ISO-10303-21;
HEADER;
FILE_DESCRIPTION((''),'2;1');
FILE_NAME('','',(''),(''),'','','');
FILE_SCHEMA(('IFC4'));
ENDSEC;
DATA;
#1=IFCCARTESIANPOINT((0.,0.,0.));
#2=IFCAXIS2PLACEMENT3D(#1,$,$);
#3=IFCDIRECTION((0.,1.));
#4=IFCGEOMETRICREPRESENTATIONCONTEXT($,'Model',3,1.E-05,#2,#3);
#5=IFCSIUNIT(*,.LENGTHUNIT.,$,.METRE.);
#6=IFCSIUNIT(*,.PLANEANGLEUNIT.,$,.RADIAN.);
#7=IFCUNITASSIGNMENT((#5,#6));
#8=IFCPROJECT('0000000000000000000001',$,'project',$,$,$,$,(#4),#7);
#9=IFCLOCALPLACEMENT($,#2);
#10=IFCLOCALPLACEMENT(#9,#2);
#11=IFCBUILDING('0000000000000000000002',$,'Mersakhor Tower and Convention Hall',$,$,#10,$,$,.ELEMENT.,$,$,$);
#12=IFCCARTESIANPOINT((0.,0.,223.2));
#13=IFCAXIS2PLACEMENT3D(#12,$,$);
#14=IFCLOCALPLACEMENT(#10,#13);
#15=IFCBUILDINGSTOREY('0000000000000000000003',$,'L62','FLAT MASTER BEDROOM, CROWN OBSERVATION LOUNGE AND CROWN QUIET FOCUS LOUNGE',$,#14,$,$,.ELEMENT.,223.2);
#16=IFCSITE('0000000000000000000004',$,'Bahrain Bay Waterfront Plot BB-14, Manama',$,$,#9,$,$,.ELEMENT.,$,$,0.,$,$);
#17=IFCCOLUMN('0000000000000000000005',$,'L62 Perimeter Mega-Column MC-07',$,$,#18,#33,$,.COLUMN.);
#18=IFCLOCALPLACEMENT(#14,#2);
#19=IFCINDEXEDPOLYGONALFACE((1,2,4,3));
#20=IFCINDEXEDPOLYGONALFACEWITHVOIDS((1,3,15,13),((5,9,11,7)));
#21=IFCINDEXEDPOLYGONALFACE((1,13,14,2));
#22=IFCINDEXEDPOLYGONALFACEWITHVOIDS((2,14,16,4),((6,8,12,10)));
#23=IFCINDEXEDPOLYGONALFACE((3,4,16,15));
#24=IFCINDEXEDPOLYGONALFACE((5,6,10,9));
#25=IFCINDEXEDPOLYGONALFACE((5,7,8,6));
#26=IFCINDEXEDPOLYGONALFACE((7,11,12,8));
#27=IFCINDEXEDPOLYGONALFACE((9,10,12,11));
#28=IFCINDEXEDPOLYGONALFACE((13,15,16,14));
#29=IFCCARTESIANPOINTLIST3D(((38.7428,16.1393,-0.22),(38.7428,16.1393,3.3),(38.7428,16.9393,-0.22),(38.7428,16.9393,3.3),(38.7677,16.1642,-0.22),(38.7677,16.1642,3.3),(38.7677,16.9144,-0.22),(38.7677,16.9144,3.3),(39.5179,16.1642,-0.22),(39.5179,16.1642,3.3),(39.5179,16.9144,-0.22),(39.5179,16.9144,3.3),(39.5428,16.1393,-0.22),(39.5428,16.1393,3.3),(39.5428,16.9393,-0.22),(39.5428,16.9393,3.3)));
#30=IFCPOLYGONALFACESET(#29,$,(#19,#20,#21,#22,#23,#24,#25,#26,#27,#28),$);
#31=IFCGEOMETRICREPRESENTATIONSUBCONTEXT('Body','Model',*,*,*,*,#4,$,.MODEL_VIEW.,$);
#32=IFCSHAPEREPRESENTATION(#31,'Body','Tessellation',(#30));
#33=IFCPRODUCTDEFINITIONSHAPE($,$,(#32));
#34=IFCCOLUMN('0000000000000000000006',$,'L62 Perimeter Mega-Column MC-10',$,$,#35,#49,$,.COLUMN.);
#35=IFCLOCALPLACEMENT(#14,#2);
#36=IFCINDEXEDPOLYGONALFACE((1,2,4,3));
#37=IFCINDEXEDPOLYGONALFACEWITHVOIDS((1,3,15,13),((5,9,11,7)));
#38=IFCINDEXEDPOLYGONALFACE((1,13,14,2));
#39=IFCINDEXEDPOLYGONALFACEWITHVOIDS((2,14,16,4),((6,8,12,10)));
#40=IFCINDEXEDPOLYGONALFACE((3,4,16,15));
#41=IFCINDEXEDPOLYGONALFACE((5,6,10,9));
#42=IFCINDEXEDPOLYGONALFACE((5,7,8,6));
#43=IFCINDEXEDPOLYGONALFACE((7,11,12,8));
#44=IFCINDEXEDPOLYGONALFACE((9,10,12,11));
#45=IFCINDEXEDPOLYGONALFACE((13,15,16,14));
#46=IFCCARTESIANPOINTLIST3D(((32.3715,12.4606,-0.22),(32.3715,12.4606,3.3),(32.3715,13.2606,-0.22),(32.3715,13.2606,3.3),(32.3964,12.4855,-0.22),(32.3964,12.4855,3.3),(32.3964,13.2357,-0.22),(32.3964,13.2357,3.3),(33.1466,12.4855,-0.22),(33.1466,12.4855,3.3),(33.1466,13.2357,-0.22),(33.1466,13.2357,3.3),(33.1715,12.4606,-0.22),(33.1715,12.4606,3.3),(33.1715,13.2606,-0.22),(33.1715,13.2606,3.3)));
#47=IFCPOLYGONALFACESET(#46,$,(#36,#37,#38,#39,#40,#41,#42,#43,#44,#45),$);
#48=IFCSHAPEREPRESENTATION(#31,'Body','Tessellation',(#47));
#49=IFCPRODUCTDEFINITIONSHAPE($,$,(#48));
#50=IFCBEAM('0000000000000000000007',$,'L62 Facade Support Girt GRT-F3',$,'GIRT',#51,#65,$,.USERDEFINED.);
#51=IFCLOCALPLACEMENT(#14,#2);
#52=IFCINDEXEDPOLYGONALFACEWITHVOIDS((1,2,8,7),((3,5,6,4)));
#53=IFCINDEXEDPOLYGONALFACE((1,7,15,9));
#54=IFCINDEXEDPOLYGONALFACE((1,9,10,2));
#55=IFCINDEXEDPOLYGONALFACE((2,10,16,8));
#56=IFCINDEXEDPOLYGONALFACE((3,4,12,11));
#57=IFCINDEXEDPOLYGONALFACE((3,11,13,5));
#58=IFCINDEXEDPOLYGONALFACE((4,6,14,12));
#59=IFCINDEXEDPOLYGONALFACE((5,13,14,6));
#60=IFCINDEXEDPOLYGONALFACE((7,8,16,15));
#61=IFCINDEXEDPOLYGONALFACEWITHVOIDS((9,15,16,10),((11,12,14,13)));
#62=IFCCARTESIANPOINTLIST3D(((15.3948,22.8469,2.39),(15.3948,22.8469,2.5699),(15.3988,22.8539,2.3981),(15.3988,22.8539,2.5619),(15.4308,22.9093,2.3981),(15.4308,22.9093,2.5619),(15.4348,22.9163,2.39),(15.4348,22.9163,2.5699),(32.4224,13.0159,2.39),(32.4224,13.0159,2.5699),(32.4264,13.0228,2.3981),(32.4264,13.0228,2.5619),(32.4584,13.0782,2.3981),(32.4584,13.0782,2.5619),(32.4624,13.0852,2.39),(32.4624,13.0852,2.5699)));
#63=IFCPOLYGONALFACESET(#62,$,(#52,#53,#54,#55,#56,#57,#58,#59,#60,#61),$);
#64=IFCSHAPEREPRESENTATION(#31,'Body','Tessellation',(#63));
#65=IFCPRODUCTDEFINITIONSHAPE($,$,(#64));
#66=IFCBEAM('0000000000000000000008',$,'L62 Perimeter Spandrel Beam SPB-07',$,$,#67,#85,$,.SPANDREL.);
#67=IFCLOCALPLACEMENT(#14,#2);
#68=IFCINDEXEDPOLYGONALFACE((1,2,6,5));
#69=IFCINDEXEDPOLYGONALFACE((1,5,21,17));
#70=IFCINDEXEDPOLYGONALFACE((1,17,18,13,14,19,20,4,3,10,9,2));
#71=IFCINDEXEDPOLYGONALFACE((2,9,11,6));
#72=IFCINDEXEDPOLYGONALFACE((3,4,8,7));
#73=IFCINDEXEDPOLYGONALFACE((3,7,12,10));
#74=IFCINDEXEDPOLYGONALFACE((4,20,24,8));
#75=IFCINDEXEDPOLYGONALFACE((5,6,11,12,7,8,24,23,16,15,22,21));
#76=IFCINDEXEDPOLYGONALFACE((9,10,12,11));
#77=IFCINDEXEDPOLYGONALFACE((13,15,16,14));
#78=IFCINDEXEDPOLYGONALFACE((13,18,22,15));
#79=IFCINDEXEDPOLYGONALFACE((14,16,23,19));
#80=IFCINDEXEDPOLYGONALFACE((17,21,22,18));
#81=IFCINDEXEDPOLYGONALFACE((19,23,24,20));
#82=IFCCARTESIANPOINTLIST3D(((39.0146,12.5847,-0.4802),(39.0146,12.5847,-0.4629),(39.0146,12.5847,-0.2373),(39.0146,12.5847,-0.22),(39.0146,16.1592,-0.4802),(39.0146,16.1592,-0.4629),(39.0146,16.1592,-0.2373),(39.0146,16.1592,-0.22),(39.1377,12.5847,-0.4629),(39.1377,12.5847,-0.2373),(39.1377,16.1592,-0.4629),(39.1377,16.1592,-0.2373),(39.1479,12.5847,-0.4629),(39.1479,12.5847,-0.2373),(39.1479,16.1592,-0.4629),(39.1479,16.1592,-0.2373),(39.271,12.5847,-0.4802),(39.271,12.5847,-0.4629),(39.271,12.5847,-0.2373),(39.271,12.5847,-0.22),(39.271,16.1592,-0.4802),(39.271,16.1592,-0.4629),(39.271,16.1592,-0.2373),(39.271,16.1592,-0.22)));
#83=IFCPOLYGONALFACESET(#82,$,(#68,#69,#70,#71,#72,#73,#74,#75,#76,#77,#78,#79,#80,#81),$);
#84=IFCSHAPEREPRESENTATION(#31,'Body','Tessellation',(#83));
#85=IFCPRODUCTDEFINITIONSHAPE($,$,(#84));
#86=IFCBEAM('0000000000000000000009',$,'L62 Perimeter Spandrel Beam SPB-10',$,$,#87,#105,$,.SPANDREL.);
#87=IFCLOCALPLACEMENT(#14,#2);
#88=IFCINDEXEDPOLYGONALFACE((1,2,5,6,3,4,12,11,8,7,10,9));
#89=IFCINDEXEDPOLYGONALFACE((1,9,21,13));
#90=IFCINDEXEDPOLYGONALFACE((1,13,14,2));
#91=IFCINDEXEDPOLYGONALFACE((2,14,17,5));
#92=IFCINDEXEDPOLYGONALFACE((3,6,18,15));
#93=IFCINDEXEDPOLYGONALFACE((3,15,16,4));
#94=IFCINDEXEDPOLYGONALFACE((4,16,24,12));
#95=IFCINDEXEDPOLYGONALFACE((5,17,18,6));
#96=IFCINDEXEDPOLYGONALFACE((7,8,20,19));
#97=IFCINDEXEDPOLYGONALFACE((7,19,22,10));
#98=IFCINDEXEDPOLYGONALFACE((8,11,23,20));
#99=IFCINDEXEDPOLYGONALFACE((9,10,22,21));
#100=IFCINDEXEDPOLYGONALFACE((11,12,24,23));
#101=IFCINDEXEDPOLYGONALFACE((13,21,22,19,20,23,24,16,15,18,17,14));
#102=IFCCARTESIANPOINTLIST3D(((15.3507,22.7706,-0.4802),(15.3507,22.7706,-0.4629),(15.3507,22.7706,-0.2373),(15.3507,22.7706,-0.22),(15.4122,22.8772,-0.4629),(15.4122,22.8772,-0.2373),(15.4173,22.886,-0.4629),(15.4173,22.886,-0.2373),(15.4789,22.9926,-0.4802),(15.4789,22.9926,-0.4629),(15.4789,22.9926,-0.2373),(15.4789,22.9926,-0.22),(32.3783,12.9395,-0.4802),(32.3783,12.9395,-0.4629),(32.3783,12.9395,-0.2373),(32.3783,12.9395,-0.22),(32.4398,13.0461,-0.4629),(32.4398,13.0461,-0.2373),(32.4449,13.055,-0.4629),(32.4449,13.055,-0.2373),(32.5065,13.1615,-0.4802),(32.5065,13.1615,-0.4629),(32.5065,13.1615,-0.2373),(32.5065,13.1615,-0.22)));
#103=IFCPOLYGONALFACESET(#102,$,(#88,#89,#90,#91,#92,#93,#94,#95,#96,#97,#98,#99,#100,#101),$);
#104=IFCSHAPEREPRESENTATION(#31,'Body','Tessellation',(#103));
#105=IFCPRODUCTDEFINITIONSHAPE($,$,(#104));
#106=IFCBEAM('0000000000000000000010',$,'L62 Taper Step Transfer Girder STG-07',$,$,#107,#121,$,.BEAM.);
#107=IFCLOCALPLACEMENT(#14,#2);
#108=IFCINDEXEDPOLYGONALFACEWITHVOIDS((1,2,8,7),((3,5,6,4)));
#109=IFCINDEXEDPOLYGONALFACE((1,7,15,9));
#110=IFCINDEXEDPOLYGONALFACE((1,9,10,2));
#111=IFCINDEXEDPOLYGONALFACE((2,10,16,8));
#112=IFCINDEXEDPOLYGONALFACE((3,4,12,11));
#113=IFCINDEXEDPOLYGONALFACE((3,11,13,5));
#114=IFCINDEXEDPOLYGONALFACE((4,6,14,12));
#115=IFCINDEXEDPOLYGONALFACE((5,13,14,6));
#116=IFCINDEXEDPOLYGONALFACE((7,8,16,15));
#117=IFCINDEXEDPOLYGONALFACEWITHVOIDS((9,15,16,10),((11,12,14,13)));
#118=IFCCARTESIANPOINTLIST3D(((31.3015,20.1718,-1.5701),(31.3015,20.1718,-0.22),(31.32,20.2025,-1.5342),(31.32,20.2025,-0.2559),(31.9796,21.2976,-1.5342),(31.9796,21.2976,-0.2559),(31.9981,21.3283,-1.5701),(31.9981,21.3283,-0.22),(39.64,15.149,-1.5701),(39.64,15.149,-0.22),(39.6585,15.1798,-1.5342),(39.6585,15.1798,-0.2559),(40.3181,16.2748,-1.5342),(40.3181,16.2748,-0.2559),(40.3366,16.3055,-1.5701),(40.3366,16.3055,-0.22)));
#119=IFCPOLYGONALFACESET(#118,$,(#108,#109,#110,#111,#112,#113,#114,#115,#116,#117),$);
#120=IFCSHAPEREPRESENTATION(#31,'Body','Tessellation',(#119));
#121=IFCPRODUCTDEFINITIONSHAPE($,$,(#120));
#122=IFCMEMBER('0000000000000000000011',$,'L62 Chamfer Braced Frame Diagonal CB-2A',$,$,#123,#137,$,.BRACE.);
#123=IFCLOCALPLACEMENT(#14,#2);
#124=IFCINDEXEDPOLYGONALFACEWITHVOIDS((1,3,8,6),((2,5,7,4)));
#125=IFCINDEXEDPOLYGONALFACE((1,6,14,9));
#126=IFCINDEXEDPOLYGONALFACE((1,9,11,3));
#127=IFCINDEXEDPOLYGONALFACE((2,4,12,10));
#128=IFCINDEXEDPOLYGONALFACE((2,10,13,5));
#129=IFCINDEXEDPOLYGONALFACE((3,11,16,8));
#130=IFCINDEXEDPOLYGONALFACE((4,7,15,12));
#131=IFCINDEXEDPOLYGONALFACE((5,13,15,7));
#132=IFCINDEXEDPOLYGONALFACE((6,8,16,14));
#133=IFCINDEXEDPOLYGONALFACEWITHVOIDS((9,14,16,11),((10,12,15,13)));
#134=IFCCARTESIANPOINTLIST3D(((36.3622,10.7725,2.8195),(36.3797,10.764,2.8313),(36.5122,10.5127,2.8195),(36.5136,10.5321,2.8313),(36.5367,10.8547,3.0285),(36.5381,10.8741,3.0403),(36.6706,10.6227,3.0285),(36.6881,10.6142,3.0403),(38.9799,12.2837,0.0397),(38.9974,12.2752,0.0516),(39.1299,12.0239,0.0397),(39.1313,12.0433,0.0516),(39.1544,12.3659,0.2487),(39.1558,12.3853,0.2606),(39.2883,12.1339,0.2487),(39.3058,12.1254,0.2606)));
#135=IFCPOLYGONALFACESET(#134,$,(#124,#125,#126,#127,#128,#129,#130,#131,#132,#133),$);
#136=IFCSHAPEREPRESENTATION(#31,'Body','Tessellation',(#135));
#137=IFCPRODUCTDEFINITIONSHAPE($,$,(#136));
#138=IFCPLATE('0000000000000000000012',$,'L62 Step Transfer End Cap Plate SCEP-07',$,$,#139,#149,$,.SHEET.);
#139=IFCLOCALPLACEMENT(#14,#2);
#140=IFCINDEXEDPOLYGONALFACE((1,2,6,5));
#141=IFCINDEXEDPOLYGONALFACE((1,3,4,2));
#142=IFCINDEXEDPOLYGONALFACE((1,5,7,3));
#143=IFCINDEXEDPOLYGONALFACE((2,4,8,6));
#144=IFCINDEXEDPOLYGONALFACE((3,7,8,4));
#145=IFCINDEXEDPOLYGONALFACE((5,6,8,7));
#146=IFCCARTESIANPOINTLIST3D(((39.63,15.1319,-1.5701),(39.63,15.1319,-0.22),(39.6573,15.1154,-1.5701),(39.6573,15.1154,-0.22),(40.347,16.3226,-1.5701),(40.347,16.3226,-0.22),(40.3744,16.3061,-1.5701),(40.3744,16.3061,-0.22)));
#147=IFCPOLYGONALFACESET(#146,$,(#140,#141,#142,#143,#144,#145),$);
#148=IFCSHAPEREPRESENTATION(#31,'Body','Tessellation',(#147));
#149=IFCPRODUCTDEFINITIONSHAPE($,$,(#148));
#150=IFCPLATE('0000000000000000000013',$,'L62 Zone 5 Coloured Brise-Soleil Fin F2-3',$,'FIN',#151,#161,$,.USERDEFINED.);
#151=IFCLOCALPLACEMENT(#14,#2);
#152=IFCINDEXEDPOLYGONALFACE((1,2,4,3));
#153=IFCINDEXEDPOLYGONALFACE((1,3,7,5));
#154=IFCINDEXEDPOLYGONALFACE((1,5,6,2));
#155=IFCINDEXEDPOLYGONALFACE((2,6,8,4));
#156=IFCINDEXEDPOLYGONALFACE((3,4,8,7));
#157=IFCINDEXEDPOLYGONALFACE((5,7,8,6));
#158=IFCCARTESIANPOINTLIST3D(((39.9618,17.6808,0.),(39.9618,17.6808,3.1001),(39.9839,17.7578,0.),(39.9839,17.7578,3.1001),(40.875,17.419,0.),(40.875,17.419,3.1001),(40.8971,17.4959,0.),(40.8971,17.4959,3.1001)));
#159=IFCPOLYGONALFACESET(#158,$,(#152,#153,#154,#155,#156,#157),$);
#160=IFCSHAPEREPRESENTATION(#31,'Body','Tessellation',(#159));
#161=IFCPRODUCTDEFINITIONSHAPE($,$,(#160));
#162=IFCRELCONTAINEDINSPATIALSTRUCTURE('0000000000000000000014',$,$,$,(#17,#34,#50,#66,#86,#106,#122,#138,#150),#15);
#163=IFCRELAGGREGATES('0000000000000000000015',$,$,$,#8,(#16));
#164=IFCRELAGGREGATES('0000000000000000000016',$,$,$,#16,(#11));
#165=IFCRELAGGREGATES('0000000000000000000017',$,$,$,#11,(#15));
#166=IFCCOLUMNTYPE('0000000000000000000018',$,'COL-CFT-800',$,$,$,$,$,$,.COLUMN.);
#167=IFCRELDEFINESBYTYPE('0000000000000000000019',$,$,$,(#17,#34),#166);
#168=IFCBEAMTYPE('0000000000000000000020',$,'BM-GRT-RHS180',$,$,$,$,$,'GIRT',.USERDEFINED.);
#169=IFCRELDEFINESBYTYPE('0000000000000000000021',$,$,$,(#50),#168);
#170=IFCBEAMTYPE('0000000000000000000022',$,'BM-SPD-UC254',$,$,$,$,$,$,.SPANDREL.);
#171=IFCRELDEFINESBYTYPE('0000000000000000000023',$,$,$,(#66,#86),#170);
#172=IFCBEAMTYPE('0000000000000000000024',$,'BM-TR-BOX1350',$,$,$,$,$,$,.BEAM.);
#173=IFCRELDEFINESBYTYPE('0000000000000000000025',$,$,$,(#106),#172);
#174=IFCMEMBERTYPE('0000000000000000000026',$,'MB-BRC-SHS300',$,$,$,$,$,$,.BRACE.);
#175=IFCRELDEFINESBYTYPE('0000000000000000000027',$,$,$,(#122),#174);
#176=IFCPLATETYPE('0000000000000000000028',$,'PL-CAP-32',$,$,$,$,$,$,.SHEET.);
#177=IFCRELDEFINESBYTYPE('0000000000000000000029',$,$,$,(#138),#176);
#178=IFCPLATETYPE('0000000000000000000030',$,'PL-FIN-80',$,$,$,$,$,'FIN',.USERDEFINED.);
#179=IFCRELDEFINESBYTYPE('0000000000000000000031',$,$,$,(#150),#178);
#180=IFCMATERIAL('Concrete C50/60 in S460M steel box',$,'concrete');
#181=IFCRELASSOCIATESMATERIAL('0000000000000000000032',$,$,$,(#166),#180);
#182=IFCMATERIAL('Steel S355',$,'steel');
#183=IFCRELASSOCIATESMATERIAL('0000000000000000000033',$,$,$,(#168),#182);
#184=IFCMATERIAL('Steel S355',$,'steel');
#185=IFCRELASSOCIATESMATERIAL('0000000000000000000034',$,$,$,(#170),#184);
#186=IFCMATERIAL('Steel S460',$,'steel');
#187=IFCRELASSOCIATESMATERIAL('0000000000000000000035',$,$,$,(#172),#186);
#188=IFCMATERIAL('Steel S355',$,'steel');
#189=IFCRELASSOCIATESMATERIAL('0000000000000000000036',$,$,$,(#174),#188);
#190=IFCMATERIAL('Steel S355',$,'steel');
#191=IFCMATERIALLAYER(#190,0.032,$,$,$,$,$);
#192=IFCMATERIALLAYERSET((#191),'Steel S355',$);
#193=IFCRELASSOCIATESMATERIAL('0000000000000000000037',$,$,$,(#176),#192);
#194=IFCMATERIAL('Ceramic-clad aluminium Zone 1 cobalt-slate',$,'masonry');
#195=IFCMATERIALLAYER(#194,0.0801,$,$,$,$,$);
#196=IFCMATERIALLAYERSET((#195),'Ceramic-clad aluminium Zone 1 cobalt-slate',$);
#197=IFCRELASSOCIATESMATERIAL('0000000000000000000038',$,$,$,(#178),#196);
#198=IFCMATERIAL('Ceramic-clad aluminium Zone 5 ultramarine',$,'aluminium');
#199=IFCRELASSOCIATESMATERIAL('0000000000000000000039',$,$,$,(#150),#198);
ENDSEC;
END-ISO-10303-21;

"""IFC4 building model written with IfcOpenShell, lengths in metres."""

from ifc_helpers import new_model, si_unit, direction, frame, origin, origin_2d, place, context, subcontext, project, spatial, rectangle, hollow_rectangle, i_section, extrude, material, layer, layer_set, material_profile, profile_set, type_object, element, save


model = new_model("IFC4")

# Units and contexts
model_context = context("Model", 3, precision=1e-05, world=origin(), true_north=direction((0.0, 1.0)))
body_context = subcontext(model_context, "Body", "Model", "MODEL_VIEW")
ifc_project = project(units=[si_unit("LENGTHUNIT", "METRE"), si_unit("PLANEANGLEUNIT", "RADIAN")], contexts=[model_context])

# Site, building, storey
site_placement = place(None, origin())
site = spatial("IfcSite", under=ifc_project, at=site_placement, Name="Bahrain Bay Waterfront Plot BB-14, Manama", CompositionType="ELEMENT", RefElevation=0.0)
building_placement = place(site_placement, origin())
building = spatial("IfcBuilding", under=site, at=building_placement, Name="Mersakhor Tower and Convention Hall", CompositionType="ELEMENT")
storey_placement = place(building_placement, frame((0.0, 0.0, 223.2)))
storey = spatial("IfcBuildingStorey", under=building, at=storey_placement, Name="L62", Description="FLAT MASTER BEDROOM, CROWN OBSERVATION LOUNGE AND CROWN QUIET FOCUS LOUNGE", CompositionType="ELEMENT", Elevation=223.2)

# Columns
ifc_material_1 = material(Name="Concrete C50/60 in S460M steel box", Category="concrete")
ifc_material_profile_1 = material_profile(ifc_material_1, hollow_rectangle(XDim=0.8, YDim=0.8, WallThickness=0.0249, at=origin_2d()), Name="SHS 800x800x25")
ifc_profile_set_1 = profile_set([ifc_material_profile_1], Name="Concrete C50/60 in S460M steel box")
column_type = type_object("IfcColumnType", Name="COL-CFT-800", PredefinedType="COLUMN", material=ifc_profile_set_1)
for number, where, z_axis, x_axis, name in (
    (1, (39.1428, 16.5393, -0.22), (0.0, 0.0, 1.0), (1.0, 0.0, 0.0), "L62 Perimeter Mega-Column MC-07"),
    (2, (32.7715, 12.8606, -0.22), (0.0, 0.0, 1.0), (1.0, 0.0, 0.0), "L62 Perimeter Mega-Column MC-10"),
):
    element("IfcColumn", number, at=place(storey_placement, frame(where, z_axis=z_axis, x_axis=x_axis)), inside=storey, type_object=column_type, Name=name, PredefinedType="COLUMN", context=body_context, shape_type="SweptSolid", body=[
        extrude(hollow_rectangle(XDim=0.8, YDim=0.8, WallThickness=0.0249, at=origin_2d()), origin(), (0.0, 0.0, 1.0), 3.52),
    ])

# Beams
ifc_material_2 = material(Name="Steel S355", Category="steel")
ifc_material_profile_2 = material_profile(ifc_material_2, hollow_rectangle(XDim=0.0801, YDim=0.1799, WallThickness=0.0081, at=origin_2d()), Name="RHS 180x80x8")
ifc_profile_set_2 = profile_set([ifc_material_profile_2], Name="Steel S355")
beam_type_1 = type_object("IfcBeamType", Name="BM-GRT-RHS180", ElementType="GIRT", PredefinedType="USERDEFINED", material=ifc_profile_set_2)
beam_1_placement = place(storey_placement, frame((32.4424, 13.0505, 2.48), z_axis=(-0.866022, 0.500007, 0.0), x_axis=(-0.500007, -0.866022, 0.0)))
element("IfcBeam", 3, at=beam_1_placement, inside=storey, type_object=beam_type_1, Name="L62 Facade Support Girt GRT-F3", ObjectType="GIRT", PredefinedType="USERDEFINED", context=body_context, shape_type="SweptSolid", body=[
    extrude(hollow_rectangle(XDim=0.0801, YDim=0.1799, WallThickness=0.0081, at=origin_2d()), origin(), (0.0, 0.0, 1.0), 19.6619),
])
ifc_material_3 = material(Name="Steel S355", Category="steel")
ifc_material_profile_3 = material_profile(ifc_material_3, i_section(OverallWidth=0.2563, OverallDepth=0.2603, WebThickness=0.0103, FlangeThickness=0.0173, at=origin_2d()), Name="UC 254x254x89")
ifc_profile_set_3 = profile_set([ifc_material_profile_3], Name="Steel S355")
beam_type_2 = type_object("IfcBeamType", Name="BM-SPD-UC254", PredefinedType="SPANDREL", material=ifc_profile_set_3)
beam_2_placement = place(storey_placement, frame((39.1428, 16.1592, -0.3501), z_axis=(0.0, -1.0, 0.0), x_axis=(1.0, 0.0, 0.0)))
element("IfcBeam", 4, at=beam_2_placement, inside=storey, type_object=beam_type_2, Name="L62 Perimeter Spandrel Beam SPB-07", PredefinedType="SPANDREL", context=body_context, shape_type="SweptSolid", body=[
    extrude(i_section(OverallWidth=0.2563, OverallDepth=0.2603, WebThickness=0.0103, FlangeThickness=0.0173, at=origin_2d()), origin(), (0.0, 0.0, 1.0), 3.5745),
])
beam_3_placement = place(storey_placement, frame((32.4424, 13.0505, -0.3501), z_axis=(-0.866022, 0.500007, 0.0), x_axis=(-0.500007, -0.866022, 0.0)))
element("IfcBeam", 5, at=beam_3_placement, inside=storey, type_object=beam_type_2, Name="L62 Perimeter Spandrel Beam SPB-10", PredefinedType="SPANDREL", context=body_context, shape_type="SweptSolid", body=[
    extrude(i_section(OverallWidth=0.2563, OverallDepth=0.2603, WebThickness=0.0103, FlangeThickness=0.0173, at=origin_2d()), origin(), (0.0, 0.0, 1.0), 19.6619),
])
ifc_material_4 = material(Name="Steel S460", Category="steel")
ifc_material_profile_4 = material_profile(ifc_material_4, hollow_rectangle(XDim=1.3501, YDim=1.3501, WallThickness=0.0359, at=origin_2d()), Name="SHS 1350x1350x36")
ifc_profile_set_4 = profile_set([ifc_material_profile_4], Name="Steel S460")
beam_type_3 = type_object("IfcBeamType", Name="BM-TR-BOX1350", PredefinedType="BEAM", material=ifc_profile_set_4)
beam_4_placement = place(storey_placement, frame((39.9883, 15.7273, -0.895), z_axis=(-0.8566, 0.515981, 0.0), x_axis=(-0.515981, -0.8566, 0.0)))
element("IfcBeam", 6, at=beam_4_placement, inside=storey, type_object=beam_type_3, Name="L62 Taper Step Transfer Girder STG-07", PredefinedType="BEAM", context=body_context, shape_type="SweptSolid", body=[
    extrude(hollow_rectangle(XDim=1.3501, YDim=1.3501, WallThickness=0.0359, at=origin_2d()), origin(), (0.0, 0.0, 1.0), 9.7344),
])

# Member
ifc_material_5 = material(Name="Steel S355", Category="steel")
ifc_material_profile_5 = material_profile(ifc_material_5, hollow_rectangle(XDim=0.3, YDim=0.3, WallThickness=0.0161, at=origin_2d()), Name="SHS 300x300x16")
ifc_profile_set_5 = profile_set([ifc_material_profile_5], Name="Steel S355")
member_type = type_object("IfcMemberType", Name="MB-BRC-SHS300", PredefinedType="BRACE", material=ifc_profile_set_5)
member_placement = place(storey_placement, frame((39.1428, 12.2046, 0.1501), z_axis=(-0.637449, -0.36801, 0.676925), x_axis=(0.499979, -0.866038, 0.0)))
element("IfcMember", 7, at=member_placement, inside=storey, type_object=member_type, Name="L62 Chamfer Braced Frame Diagonal CB-2A", PredefinedType="BRACE", context=body_context, shape_type="SweptSolid", body=[
    extrude(hollow_rectangle(XDim=0.3, YDim=0.3, WallThickness=0.0161, at=origin_2d()), origin(), (0.0, 0.0, 1.0), 4.1064),
])

# Plates
ifc_material_6 = material(Name="Steel S355", Category="steel")
ifc_layer_1 = layer(ifc_material_6, 0.032)
ifc_layer_set_1 = layer_set([ifc_layer_1], Name="Steel S355")
plate_type_1 = type_object("IfcPlateType", Name="PL-CAP-32", PredefinedType="SHEET", material=ifc_layer_set_1)
plate_1_placement = place(storey_placement, frame((40.0022, 15.719, -1.5701), z_axis=(0.0, 0.0, 1.0), x_axis=(-0.856627, 0.515935, 0.0)))
element("IfcPlate", 8, at=plate_1_placement, inside=storey, type_object=plate_type_1, Name="L62 Step Transfer End Cap Plate SCEP-07", PredefinedType="SHEET", context=body_context, shape_type="SweptSolid", body=[
    extrude(rectangle(XDim=0.032, YDim=1.3899, at=origin_2d()), origin(), (0.0, 0.0, 1.0), 1.3501),
])
ifc_material_7 = material(Name="Ceramic-clad aluminium Zone 5 ultramarine", Category="aluminium")
ifc_material_8 = material(Name="Ceramic-clad aluminium Zone 1 cobalt-slate", Category="masonry")
ifc_layer_2 = layer(ifc_material_8, 0.0801)
ifc_layer_set_2 = layer_set([ifc_layer_2], Name="Ceramic-clad aluminium Zone 1 cobalt-slate")
plate_type_2 = type_object("IfcPlateType", Name="PL-FIN-80", ElementType="FIN", PredefinedType="USERDEFINED", material=ifc_layer_set_2)
plate_2_placement = place(storey_placement, frame((40.4294, 17.5884, 0.0), z_axis=(0.0, 0.0, 1.0), x_axis=(0.961262, -0.275637, 0.0)))
element("IfcPlate", 9, at=plate_2_placement, inside=storey, type_object=plate_type_2, material=ifc_material_7, Name="L62 Zone 5 Coloured Brise-Soleil Fin F2-3", ObjectType="FIN", PredefinedType="USERDEFINED", context=body_context, shape_type="SweptSolid", body=[
    extrude(rectangle(XDim=0.95, YDim=0.0801, at=origin_2d()), origin(), (0.0, 0.0, 1.0), 3.1001),
])

save(model, "model.ifc")
